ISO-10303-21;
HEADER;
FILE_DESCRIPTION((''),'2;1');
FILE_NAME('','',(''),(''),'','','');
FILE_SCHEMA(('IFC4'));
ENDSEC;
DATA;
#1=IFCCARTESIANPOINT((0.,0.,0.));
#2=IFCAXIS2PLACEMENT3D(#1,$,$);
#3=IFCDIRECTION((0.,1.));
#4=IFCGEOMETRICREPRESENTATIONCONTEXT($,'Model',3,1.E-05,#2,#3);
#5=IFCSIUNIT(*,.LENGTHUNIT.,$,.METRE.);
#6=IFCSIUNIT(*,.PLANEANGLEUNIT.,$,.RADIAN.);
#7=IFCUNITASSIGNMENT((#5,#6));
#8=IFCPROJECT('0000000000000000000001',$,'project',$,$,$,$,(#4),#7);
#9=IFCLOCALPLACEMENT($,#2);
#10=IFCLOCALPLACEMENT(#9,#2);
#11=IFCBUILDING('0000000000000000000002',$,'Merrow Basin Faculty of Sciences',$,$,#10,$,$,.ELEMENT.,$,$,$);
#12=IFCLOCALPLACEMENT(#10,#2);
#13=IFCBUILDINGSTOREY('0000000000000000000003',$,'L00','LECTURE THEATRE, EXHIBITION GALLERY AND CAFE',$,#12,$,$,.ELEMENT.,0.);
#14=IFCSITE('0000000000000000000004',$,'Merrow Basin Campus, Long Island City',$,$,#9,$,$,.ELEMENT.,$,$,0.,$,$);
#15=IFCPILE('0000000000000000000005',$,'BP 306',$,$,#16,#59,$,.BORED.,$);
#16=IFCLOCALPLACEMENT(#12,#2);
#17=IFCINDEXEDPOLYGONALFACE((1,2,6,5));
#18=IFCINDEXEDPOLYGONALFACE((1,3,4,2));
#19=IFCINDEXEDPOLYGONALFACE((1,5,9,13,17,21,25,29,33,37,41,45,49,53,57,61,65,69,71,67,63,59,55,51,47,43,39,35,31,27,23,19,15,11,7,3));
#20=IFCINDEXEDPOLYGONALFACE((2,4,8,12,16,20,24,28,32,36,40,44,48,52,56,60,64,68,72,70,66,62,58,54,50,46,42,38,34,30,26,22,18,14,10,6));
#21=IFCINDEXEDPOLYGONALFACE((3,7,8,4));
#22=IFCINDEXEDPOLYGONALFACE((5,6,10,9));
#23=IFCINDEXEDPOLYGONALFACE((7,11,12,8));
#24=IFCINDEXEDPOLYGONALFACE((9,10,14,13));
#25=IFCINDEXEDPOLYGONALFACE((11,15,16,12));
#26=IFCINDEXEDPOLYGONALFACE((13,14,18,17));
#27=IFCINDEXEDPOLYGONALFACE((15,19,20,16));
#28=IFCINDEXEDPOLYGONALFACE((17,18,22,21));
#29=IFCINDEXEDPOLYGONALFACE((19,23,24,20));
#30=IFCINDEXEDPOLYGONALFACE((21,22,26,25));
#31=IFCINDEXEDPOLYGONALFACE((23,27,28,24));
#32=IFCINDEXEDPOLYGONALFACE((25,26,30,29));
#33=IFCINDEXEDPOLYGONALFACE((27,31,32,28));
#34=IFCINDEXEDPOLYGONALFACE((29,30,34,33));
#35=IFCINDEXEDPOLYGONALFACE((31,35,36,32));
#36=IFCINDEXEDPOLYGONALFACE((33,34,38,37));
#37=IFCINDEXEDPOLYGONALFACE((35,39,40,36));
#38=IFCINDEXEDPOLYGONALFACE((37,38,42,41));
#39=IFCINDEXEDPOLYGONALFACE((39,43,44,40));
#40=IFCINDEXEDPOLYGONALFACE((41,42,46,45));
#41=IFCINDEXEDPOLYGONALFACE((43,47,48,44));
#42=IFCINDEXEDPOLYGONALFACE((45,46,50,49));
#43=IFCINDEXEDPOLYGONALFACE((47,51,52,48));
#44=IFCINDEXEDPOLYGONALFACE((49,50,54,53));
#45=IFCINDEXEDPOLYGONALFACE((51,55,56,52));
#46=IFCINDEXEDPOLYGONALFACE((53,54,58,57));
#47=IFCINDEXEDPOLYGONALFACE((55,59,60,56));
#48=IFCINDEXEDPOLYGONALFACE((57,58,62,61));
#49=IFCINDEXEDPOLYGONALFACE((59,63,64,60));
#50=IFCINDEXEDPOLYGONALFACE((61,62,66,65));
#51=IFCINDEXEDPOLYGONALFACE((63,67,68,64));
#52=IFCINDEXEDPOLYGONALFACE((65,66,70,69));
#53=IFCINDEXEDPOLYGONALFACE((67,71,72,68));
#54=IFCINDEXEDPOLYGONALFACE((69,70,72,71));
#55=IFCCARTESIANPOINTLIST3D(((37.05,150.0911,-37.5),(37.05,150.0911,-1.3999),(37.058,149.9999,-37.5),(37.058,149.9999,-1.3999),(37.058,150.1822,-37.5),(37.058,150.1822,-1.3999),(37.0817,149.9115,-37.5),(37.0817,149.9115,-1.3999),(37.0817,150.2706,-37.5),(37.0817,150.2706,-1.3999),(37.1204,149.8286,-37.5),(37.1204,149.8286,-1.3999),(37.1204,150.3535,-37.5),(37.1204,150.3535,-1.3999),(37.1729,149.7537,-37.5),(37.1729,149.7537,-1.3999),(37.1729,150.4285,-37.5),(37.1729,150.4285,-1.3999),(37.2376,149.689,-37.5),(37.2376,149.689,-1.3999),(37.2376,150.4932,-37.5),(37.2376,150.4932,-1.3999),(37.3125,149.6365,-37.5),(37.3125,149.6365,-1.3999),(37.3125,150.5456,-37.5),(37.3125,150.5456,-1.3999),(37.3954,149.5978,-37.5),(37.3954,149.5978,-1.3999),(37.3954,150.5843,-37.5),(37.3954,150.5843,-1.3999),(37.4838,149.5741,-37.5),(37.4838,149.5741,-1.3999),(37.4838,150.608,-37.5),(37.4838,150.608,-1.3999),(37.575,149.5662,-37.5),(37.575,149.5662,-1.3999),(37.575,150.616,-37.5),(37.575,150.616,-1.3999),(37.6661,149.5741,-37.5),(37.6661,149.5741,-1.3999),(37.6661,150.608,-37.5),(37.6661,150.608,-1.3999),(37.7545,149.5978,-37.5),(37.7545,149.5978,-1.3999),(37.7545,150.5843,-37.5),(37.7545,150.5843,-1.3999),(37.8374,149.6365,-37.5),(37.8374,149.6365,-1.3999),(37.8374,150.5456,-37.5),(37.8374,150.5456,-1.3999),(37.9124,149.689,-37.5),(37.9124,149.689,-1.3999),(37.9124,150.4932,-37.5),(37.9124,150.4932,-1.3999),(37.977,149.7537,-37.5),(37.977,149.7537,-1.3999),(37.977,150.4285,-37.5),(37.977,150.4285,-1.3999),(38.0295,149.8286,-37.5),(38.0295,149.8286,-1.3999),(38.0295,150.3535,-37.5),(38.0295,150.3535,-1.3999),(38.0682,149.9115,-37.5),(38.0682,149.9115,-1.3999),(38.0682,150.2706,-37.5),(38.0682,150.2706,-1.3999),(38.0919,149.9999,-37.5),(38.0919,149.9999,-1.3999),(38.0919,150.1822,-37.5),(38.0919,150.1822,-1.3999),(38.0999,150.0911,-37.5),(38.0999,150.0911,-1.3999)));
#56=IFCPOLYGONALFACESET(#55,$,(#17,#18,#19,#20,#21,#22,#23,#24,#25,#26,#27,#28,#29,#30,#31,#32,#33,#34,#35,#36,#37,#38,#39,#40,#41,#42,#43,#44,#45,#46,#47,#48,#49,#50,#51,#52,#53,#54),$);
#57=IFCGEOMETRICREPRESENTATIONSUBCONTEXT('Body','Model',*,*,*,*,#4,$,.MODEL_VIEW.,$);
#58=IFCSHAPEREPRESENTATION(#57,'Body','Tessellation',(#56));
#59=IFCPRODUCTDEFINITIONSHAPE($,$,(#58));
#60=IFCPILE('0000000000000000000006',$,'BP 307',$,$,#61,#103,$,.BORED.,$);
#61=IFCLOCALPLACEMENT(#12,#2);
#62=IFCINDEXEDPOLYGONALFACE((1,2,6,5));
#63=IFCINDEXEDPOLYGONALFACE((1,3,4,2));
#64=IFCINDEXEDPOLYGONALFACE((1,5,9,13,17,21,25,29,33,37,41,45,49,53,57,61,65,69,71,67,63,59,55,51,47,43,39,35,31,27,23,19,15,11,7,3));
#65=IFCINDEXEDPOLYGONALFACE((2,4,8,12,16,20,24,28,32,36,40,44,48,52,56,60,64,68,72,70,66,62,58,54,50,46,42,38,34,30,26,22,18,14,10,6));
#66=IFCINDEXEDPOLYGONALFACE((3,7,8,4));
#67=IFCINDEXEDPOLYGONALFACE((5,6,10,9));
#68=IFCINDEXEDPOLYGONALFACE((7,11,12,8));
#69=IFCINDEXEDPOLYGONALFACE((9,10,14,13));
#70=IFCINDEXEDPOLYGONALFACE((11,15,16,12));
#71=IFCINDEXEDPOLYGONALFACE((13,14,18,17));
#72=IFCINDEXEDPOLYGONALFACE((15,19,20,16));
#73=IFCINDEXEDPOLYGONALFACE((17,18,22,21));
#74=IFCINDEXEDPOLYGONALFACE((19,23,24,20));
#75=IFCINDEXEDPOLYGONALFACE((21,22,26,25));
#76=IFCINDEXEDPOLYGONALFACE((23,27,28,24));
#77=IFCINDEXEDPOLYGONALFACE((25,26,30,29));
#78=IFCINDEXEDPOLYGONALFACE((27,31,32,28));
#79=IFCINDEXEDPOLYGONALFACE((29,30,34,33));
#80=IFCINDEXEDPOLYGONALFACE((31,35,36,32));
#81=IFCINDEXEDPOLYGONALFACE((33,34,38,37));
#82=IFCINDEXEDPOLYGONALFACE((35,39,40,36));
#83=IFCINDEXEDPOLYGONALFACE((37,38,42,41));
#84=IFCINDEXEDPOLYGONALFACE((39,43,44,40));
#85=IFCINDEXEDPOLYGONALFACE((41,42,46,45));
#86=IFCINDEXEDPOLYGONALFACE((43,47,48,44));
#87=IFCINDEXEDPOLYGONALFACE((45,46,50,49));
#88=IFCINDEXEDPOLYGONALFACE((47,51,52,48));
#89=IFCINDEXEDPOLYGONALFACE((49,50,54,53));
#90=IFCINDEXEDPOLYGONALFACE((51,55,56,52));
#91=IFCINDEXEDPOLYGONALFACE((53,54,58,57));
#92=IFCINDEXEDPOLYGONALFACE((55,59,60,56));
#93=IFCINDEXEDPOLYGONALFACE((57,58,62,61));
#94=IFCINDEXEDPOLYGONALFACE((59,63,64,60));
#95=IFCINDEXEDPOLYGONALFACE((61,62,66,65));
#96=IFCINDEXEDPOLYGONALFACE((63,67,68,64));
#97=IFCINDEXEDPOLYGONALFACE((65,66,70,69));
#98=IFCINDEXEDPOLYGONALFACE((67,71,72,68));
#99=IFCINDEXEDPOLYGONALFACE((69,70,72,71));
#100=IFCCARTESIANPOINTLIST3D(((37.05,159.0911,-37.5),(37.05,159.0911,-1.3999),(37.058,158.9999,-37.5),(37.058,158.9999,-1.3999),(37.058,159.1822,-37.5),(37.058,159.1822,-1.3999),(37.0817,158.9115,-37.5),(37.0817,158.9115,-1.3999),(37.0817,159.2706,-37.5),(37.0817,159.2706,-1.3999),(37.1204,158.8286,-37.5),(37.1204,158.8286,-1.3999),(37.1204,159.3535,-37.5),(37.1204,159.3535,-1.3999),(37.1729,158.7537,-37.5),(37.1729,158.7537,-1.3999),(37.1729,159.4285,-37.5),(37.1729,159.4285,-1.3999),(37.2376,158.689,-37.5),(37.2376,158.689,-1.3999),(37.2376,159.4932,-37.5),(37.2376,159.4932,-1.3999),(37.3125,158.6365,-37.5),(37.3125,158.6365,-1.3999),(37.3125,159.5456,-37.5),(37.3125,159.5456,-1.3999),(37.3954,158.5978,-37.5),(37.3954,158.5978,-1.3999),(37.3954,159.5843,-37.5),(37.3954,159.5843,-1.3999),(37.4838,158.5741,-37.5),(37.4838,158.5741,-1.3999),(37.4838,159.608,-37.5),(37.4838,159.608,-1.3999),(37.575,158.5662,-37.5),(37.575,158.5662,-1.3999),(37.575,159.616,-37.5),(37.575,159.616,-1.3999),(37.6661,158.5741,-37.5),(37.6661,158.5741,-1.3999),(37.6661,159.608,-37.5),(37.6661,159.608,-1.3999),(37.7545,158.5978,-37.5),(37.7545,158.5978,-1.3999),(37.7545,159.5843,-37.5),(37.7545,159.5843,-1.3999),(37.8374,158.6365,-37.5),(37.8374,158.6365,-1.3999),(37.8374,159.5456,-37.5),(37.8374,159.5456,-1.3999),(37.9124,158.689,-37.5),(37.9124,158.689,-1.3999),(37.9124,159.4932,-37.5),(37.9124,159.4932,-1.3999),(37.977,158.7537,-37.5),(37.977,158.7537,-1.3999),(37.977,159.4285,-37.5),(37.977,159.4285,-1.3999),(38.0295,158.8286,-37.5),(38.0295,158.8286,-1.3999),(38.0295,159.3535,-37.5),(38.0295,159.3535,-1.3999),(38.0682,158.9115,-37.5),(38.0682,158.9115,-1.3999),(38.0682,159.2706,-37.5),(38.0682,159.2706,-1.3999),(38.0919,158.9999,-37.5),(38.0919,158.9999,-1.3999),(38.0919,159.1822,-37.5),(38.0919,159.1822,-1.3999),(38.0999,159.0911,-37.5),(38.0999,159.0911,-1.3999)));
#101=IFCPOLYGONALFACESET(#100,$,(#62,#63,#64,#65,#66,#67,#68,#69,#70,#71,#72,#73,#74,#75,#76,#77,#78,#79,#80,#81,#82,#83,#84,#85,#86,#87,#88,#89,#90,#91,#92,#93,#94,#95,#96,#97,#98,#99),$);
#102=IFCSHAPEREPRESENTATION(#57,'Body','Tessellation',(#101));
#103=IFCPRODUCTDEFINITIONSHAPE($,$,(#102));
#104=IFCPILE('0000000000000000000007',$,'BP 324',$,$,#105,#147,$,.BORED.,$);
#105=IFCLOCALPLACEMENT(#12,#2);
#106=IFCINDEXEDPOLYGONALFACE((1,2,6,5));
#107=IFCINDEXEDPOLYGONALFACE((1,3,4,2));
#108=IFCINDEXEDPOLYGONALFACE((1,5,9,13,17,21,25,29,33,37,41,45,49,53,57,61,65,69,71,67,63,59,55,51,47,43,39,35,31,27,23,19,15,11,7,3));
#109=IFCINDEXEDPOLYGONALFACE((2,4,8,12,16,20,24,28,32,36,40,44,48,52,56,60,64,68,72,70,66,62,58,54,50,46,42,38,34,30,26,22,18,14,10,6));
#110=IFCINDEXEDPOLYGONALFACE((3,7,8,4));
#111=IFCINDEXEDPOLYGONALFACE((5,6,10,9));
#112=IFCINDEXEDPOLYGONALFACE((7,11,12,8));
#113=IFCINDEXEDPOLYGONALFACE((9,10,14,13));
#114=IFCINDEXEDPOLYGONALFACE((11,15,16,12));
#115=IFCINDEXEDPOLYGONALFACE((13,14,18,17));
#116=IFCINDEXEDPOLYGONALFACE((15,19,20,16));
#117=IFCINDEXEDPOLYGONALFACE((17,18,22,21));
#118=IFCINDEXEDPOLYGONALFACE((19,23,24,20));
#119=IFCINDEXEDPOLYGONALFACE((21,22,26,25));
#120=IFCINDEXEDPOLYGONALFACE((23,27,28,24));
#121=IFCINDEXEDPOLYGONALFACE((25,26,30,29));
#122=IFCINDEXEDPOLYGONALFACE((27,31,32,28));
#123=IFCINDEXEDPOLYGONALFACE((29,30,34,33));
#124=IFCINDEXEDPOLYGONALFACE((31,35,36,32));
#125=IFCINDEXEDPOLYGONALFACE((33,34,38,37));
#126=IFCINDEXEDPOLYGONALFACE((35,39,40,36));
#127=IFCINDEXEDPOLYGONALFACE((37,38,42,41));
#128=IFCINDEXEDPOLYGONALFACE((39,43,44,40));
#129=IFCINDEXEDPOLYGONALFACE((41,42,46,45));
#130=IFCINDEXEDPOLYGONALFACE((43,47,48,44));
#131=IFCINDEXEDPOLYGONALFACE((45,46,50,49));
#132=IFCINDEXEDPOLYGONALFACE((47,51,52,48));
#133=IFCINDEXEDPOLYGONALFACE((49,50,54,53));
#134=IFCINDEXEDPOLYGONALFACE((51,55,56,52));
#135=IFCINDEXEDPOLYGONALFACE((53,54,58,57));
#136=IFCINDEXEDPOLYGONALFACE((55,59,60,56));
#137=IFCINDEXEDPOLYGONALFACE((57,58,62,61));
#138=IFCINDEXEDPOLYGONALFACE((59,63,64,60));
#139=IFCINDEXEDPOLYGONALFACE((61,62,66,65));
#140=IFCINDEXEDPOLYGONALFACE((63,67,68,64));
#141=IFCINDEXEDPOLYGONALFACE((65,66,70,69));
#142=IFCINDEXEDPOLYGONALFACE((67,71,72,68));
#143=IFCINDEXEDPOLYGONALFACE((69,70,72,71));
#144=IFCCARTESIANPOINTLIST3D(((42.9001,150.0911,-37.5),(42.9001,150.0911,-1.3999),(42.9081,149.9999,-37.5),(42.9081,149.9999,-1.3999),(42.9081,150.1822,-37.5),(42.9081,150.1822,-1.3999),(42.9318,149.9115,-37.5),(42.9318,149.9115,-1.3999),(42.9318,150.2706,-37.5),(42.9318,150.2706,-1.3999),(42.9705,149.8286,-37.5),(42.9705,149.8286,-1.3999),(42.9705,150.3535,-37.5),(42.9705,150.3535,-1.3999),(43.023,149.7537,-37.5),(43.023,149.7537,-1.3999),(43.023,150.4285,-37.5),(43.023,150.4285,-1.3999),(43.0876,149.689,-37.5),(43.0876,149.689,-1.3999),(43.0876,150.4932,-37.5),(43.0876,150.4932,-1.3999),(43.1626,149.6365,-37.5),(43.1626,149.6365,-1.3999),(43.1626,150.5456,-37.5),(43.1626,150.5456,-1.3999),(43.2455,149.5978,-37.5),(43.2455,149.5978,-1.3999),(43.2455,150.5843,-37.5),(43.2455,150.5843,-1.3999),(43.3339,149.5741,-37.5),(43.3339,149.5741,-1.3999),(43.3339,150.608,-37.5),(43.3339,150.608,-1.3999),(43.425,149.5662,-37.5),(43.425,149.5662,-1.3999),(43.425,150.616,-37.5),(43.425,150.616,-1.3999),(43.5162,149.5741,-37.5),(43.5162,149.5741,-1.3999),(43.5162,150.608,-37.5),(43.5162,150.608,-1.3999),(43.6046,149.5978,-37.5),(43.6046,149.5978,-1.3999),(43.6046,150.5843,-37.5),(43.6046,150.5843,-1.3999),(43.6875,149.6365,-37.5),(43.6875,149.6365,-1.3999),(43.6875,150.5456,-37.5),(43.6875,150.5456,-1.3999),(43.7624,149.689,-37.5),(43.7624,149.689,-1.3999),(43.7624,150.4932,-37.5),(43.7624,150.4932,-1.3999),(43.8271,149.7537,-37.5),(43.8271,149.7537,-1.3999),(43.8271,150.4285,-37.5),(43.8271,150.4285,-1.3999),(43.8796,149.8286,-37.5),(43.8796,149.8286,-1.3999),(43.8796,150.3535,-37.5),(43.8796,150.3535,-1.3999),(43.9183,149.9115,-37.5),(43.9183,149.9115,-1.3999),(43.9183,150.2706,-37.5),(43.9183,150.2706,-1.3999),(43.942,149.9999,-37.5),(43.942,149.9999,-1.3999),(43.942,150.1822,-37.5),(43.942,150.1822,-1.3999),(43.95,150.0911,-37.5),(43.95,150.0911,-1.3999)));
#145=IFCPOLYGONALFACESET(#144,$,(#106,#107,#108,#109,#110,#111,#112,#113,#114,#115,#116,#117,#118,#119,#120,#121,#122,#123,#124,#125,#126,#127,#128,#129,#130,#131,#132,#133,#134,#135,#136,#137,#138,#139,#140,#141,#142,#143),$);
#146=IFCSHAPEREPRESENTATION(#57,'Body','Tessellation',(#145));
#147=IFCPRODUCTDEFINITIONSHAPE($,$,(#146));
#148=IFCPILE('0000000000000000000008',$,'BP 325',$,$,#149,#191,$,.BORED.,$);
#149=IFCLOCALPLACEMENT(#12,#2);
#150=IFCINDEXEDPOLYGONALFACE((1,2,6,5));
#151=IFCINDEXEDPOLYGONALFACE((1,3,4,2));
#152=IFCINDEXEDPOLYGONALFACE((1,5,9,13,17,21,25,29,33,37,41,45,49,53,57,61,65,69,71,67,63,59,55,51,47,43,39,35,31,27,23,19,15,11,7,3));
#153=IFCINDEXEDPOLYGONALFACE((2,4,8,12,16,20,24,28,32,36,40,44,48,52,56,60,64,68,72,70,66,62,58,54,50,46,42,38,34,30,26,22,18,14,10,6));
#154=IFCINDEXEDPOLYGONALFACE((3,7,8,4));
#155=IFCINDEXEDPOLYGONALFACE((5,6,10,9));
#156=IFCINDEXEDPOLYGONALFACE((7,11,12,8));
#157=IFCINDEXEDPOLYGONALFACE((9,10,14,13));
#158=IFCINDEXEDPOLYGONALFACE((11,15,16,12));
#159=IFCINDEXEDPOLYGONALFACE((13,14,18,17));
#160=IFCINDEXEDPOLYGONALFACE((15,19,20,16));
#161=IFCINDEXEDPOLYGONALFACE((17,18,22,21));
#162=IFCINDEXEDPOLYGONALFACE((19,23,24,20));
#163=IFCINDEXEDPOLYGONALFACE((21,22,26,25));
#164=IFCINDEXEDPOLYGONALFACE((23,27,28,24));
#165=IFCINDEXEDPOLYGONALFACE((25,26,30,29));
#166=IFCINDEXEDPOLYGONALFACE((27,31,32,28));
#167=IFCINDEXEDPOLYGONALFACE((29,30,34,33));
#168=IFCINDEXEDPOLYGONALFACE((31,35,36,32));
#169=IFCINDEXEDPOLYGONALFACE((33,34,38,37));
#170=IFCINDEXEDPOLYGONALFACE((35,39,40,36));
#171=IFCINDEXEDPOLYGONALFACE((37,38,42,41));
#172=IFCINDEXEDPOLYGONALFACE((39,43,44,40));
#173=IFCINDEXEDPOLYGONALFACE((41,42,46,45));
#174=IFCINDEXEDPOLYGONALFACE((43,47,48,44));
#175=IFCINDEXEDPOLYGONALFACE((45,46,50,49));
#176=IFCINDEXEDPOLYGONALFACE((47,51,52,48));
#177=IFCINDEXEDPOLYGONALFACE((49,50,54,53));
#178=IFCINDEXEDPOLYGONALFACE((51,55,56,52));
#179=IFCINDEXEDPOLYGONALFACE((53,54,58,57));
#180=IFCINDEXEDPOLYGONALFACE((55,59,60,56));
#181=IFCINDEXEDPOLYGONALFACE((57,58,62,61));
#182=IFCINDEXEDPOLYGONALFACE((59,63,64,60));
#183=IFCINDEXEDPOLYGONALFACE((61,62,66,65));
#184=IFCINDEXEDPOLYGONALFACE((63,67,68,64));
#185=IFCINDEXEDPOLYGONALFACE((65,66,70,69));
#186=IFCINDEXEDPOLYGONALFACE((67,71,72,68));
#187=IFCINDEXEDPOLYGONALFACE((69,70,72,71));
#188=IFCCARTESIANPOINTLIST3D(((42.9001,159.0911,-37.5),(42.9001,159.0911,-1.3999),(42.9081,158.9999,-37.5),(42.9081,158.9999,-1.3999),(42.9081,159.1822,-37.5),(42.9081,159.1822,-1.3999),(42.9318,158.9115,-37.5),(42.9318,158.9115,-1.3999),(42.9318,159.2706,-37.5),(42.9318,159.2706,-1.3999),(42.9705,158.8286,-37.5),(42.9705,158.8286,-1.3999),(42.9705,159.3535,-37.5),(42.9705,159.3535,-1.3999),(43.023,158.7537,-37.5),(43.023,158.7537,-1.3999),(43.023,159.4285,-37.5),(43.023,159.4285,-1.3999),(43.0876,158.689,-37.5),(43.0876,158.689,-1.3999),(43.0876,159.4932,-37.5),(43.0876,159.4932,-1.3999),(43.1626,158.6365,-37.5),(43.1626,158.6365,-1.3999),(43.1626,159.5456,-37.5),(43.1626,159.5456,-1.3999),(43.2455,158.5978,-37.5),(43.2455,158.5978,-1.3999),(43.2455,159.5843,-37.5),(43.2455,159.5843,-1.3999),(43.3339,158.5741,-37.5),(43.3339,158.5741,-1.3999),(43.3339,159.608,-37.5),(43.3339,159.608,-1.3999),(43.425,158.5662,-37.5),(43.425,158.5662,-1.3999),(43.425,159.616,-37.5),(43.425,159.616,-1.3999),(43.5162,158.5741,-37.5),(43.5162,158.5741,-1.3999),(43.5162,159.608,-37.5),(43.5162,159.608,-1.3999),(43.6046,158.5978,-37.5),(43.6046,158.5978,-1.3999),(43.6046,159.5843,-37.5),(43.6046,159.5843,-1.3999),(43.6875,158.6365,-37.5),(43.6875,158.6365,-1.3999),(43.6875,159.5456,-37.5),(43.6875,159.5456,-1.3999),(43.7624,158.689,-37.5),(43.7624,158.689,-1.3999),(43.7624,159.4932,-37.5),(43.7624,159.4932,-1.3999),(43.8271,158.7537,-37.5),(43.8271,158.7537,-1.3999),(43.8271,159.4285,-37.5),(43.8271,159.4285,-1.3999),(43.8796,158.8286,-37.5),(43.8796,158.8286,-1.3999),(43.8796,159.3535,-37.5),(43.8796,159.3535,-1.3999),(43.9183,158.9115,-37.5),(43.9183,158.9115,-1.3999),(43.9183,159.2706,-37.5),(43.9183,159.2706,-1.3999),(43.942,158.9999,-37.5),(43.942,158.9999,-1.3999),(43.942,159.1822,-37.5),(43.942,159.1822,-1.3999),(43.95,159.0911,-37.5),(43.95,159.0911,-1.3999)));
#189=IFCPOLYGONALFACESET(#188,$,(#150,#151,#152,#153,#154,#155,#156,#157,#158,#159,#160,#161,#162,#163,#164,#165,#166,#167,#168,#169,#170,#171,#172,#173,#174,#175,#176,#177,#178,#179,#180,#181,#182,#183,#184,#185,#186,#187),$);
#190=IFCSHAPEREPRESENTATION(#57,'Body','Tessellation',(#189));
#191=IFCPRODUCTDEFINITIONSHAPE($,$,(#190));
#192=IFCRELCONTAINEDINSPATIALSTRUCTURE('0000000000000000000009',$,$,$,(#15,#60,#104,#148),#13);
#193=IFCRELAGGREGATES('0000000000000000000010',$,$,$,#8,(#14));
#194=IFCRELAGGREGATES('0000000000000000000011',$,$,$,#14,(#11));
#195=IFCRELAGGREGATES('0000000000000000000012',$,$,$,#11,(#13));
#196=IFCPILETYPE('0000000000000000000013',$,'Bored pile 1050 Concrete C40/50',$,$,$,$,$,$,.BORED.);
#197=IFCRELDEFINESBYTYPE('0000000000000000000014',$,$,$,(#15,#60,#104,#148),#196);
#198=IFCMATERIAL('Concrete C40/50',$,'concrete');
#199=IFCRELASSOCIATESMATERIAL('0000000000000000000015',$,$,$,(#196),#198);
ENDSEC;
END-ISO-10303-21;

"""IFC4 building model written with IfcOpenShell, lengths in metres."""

from ifc_helpers import new_model, si_unit, direction, frame, origin, origin_2d, place, context, subcontext, project, spatial, circle, extrude, material, material_profile, profile_set, type_object, element, save


model = new_model("IFC4")

# Units and contexts
model_context = context("Model", 3, precision=1e-05, world=origin(), true_north=direction((0.0, 1.0)))
body_context = subcontext(model_context, "Body", "Model", "MODEL_VIEW")
ifc_project = project(units=[si_unit("LENGTHUNIT", "METRE"), si_unit("PLANEANGLEUNIT", "RADIAN")], contexts=[model_context])

# Site, building, storey
site_placement = place(None, origin())
site = spatial("IfcSite", under=ifc_project, at=site_placement, Name="Merrow Basin Campus, Long Island City", CompositionType="ELEMENT", RefElevation=0.0)
building_placement = place(site_placement, origin())
building = spatial("IfcBuilding", under=site, at=building_placement, Name="Merrow Basin Faculty of Sciences", CompositionType="ELEMENT")
storey_placement = place(building_placement, origin())
storey = spatial("IfcBuildingStorey", under=building, at=storey_placement, Name="L00", Description="LECTURE THEATRE, EXHIBITION GALLERY AND CAFE", CompositionType="ELEMENT", Elevation=0.0)

# Piles
ifc_material_1 = material(Name="Concrete C40/50", Category="concrete")
ifc_material_profile_1 = material_profile(ifc_material_1, circle(Radius=0.5249, at=origin_2d()))
ifc_profile_set_1 = profile_set([ifc_material_profile_1], Name="Concrete C40/50")
pile_type_1 = type_object("IfcPileType", Name="Bored pile 1050 Concrete C40/50", PredefinedType="BORED", material=ifc_profile_set_1)
for number, where, z_axis, x_axis, name in (
    (1, (37.575, 150.0911, -1.3999), (0.0, 0.0, -1.0), (1.0, 0.0, 0.0), "BP 306"),
    (2, (37.575, 159.0911, -1.3999), (0.0, 0.0, -1.0), (1.0, 0.0, 0.0), "BP 307"),
    (3, (43.425, 150.0911, -1.3999), (0.0, 0.0, -1.0), (1.0, 0.0, 0.0), "BP 324"),
    (4, (43.425, 159.0911, -1.3999), (0.0, 0.0, -1.0), (1.0, 0.0, 0.0), "BP 325"),
):
    element("IfcPile", number, at=place(storey_placement, frame(where, z_axis=z_axis, x_axis=x_axis)), inside=storey, type_object=pile_type_1, Name=name, PredefinedType="BORED", context=body_context, shape_type="SweptSolid", body=[
        extrude(circle(Radius=0.5249, at=origin_2d()), origin(), (0.0, 0.0, 1.0), 36.1001),
    ])

save(model, "model.ifc")
